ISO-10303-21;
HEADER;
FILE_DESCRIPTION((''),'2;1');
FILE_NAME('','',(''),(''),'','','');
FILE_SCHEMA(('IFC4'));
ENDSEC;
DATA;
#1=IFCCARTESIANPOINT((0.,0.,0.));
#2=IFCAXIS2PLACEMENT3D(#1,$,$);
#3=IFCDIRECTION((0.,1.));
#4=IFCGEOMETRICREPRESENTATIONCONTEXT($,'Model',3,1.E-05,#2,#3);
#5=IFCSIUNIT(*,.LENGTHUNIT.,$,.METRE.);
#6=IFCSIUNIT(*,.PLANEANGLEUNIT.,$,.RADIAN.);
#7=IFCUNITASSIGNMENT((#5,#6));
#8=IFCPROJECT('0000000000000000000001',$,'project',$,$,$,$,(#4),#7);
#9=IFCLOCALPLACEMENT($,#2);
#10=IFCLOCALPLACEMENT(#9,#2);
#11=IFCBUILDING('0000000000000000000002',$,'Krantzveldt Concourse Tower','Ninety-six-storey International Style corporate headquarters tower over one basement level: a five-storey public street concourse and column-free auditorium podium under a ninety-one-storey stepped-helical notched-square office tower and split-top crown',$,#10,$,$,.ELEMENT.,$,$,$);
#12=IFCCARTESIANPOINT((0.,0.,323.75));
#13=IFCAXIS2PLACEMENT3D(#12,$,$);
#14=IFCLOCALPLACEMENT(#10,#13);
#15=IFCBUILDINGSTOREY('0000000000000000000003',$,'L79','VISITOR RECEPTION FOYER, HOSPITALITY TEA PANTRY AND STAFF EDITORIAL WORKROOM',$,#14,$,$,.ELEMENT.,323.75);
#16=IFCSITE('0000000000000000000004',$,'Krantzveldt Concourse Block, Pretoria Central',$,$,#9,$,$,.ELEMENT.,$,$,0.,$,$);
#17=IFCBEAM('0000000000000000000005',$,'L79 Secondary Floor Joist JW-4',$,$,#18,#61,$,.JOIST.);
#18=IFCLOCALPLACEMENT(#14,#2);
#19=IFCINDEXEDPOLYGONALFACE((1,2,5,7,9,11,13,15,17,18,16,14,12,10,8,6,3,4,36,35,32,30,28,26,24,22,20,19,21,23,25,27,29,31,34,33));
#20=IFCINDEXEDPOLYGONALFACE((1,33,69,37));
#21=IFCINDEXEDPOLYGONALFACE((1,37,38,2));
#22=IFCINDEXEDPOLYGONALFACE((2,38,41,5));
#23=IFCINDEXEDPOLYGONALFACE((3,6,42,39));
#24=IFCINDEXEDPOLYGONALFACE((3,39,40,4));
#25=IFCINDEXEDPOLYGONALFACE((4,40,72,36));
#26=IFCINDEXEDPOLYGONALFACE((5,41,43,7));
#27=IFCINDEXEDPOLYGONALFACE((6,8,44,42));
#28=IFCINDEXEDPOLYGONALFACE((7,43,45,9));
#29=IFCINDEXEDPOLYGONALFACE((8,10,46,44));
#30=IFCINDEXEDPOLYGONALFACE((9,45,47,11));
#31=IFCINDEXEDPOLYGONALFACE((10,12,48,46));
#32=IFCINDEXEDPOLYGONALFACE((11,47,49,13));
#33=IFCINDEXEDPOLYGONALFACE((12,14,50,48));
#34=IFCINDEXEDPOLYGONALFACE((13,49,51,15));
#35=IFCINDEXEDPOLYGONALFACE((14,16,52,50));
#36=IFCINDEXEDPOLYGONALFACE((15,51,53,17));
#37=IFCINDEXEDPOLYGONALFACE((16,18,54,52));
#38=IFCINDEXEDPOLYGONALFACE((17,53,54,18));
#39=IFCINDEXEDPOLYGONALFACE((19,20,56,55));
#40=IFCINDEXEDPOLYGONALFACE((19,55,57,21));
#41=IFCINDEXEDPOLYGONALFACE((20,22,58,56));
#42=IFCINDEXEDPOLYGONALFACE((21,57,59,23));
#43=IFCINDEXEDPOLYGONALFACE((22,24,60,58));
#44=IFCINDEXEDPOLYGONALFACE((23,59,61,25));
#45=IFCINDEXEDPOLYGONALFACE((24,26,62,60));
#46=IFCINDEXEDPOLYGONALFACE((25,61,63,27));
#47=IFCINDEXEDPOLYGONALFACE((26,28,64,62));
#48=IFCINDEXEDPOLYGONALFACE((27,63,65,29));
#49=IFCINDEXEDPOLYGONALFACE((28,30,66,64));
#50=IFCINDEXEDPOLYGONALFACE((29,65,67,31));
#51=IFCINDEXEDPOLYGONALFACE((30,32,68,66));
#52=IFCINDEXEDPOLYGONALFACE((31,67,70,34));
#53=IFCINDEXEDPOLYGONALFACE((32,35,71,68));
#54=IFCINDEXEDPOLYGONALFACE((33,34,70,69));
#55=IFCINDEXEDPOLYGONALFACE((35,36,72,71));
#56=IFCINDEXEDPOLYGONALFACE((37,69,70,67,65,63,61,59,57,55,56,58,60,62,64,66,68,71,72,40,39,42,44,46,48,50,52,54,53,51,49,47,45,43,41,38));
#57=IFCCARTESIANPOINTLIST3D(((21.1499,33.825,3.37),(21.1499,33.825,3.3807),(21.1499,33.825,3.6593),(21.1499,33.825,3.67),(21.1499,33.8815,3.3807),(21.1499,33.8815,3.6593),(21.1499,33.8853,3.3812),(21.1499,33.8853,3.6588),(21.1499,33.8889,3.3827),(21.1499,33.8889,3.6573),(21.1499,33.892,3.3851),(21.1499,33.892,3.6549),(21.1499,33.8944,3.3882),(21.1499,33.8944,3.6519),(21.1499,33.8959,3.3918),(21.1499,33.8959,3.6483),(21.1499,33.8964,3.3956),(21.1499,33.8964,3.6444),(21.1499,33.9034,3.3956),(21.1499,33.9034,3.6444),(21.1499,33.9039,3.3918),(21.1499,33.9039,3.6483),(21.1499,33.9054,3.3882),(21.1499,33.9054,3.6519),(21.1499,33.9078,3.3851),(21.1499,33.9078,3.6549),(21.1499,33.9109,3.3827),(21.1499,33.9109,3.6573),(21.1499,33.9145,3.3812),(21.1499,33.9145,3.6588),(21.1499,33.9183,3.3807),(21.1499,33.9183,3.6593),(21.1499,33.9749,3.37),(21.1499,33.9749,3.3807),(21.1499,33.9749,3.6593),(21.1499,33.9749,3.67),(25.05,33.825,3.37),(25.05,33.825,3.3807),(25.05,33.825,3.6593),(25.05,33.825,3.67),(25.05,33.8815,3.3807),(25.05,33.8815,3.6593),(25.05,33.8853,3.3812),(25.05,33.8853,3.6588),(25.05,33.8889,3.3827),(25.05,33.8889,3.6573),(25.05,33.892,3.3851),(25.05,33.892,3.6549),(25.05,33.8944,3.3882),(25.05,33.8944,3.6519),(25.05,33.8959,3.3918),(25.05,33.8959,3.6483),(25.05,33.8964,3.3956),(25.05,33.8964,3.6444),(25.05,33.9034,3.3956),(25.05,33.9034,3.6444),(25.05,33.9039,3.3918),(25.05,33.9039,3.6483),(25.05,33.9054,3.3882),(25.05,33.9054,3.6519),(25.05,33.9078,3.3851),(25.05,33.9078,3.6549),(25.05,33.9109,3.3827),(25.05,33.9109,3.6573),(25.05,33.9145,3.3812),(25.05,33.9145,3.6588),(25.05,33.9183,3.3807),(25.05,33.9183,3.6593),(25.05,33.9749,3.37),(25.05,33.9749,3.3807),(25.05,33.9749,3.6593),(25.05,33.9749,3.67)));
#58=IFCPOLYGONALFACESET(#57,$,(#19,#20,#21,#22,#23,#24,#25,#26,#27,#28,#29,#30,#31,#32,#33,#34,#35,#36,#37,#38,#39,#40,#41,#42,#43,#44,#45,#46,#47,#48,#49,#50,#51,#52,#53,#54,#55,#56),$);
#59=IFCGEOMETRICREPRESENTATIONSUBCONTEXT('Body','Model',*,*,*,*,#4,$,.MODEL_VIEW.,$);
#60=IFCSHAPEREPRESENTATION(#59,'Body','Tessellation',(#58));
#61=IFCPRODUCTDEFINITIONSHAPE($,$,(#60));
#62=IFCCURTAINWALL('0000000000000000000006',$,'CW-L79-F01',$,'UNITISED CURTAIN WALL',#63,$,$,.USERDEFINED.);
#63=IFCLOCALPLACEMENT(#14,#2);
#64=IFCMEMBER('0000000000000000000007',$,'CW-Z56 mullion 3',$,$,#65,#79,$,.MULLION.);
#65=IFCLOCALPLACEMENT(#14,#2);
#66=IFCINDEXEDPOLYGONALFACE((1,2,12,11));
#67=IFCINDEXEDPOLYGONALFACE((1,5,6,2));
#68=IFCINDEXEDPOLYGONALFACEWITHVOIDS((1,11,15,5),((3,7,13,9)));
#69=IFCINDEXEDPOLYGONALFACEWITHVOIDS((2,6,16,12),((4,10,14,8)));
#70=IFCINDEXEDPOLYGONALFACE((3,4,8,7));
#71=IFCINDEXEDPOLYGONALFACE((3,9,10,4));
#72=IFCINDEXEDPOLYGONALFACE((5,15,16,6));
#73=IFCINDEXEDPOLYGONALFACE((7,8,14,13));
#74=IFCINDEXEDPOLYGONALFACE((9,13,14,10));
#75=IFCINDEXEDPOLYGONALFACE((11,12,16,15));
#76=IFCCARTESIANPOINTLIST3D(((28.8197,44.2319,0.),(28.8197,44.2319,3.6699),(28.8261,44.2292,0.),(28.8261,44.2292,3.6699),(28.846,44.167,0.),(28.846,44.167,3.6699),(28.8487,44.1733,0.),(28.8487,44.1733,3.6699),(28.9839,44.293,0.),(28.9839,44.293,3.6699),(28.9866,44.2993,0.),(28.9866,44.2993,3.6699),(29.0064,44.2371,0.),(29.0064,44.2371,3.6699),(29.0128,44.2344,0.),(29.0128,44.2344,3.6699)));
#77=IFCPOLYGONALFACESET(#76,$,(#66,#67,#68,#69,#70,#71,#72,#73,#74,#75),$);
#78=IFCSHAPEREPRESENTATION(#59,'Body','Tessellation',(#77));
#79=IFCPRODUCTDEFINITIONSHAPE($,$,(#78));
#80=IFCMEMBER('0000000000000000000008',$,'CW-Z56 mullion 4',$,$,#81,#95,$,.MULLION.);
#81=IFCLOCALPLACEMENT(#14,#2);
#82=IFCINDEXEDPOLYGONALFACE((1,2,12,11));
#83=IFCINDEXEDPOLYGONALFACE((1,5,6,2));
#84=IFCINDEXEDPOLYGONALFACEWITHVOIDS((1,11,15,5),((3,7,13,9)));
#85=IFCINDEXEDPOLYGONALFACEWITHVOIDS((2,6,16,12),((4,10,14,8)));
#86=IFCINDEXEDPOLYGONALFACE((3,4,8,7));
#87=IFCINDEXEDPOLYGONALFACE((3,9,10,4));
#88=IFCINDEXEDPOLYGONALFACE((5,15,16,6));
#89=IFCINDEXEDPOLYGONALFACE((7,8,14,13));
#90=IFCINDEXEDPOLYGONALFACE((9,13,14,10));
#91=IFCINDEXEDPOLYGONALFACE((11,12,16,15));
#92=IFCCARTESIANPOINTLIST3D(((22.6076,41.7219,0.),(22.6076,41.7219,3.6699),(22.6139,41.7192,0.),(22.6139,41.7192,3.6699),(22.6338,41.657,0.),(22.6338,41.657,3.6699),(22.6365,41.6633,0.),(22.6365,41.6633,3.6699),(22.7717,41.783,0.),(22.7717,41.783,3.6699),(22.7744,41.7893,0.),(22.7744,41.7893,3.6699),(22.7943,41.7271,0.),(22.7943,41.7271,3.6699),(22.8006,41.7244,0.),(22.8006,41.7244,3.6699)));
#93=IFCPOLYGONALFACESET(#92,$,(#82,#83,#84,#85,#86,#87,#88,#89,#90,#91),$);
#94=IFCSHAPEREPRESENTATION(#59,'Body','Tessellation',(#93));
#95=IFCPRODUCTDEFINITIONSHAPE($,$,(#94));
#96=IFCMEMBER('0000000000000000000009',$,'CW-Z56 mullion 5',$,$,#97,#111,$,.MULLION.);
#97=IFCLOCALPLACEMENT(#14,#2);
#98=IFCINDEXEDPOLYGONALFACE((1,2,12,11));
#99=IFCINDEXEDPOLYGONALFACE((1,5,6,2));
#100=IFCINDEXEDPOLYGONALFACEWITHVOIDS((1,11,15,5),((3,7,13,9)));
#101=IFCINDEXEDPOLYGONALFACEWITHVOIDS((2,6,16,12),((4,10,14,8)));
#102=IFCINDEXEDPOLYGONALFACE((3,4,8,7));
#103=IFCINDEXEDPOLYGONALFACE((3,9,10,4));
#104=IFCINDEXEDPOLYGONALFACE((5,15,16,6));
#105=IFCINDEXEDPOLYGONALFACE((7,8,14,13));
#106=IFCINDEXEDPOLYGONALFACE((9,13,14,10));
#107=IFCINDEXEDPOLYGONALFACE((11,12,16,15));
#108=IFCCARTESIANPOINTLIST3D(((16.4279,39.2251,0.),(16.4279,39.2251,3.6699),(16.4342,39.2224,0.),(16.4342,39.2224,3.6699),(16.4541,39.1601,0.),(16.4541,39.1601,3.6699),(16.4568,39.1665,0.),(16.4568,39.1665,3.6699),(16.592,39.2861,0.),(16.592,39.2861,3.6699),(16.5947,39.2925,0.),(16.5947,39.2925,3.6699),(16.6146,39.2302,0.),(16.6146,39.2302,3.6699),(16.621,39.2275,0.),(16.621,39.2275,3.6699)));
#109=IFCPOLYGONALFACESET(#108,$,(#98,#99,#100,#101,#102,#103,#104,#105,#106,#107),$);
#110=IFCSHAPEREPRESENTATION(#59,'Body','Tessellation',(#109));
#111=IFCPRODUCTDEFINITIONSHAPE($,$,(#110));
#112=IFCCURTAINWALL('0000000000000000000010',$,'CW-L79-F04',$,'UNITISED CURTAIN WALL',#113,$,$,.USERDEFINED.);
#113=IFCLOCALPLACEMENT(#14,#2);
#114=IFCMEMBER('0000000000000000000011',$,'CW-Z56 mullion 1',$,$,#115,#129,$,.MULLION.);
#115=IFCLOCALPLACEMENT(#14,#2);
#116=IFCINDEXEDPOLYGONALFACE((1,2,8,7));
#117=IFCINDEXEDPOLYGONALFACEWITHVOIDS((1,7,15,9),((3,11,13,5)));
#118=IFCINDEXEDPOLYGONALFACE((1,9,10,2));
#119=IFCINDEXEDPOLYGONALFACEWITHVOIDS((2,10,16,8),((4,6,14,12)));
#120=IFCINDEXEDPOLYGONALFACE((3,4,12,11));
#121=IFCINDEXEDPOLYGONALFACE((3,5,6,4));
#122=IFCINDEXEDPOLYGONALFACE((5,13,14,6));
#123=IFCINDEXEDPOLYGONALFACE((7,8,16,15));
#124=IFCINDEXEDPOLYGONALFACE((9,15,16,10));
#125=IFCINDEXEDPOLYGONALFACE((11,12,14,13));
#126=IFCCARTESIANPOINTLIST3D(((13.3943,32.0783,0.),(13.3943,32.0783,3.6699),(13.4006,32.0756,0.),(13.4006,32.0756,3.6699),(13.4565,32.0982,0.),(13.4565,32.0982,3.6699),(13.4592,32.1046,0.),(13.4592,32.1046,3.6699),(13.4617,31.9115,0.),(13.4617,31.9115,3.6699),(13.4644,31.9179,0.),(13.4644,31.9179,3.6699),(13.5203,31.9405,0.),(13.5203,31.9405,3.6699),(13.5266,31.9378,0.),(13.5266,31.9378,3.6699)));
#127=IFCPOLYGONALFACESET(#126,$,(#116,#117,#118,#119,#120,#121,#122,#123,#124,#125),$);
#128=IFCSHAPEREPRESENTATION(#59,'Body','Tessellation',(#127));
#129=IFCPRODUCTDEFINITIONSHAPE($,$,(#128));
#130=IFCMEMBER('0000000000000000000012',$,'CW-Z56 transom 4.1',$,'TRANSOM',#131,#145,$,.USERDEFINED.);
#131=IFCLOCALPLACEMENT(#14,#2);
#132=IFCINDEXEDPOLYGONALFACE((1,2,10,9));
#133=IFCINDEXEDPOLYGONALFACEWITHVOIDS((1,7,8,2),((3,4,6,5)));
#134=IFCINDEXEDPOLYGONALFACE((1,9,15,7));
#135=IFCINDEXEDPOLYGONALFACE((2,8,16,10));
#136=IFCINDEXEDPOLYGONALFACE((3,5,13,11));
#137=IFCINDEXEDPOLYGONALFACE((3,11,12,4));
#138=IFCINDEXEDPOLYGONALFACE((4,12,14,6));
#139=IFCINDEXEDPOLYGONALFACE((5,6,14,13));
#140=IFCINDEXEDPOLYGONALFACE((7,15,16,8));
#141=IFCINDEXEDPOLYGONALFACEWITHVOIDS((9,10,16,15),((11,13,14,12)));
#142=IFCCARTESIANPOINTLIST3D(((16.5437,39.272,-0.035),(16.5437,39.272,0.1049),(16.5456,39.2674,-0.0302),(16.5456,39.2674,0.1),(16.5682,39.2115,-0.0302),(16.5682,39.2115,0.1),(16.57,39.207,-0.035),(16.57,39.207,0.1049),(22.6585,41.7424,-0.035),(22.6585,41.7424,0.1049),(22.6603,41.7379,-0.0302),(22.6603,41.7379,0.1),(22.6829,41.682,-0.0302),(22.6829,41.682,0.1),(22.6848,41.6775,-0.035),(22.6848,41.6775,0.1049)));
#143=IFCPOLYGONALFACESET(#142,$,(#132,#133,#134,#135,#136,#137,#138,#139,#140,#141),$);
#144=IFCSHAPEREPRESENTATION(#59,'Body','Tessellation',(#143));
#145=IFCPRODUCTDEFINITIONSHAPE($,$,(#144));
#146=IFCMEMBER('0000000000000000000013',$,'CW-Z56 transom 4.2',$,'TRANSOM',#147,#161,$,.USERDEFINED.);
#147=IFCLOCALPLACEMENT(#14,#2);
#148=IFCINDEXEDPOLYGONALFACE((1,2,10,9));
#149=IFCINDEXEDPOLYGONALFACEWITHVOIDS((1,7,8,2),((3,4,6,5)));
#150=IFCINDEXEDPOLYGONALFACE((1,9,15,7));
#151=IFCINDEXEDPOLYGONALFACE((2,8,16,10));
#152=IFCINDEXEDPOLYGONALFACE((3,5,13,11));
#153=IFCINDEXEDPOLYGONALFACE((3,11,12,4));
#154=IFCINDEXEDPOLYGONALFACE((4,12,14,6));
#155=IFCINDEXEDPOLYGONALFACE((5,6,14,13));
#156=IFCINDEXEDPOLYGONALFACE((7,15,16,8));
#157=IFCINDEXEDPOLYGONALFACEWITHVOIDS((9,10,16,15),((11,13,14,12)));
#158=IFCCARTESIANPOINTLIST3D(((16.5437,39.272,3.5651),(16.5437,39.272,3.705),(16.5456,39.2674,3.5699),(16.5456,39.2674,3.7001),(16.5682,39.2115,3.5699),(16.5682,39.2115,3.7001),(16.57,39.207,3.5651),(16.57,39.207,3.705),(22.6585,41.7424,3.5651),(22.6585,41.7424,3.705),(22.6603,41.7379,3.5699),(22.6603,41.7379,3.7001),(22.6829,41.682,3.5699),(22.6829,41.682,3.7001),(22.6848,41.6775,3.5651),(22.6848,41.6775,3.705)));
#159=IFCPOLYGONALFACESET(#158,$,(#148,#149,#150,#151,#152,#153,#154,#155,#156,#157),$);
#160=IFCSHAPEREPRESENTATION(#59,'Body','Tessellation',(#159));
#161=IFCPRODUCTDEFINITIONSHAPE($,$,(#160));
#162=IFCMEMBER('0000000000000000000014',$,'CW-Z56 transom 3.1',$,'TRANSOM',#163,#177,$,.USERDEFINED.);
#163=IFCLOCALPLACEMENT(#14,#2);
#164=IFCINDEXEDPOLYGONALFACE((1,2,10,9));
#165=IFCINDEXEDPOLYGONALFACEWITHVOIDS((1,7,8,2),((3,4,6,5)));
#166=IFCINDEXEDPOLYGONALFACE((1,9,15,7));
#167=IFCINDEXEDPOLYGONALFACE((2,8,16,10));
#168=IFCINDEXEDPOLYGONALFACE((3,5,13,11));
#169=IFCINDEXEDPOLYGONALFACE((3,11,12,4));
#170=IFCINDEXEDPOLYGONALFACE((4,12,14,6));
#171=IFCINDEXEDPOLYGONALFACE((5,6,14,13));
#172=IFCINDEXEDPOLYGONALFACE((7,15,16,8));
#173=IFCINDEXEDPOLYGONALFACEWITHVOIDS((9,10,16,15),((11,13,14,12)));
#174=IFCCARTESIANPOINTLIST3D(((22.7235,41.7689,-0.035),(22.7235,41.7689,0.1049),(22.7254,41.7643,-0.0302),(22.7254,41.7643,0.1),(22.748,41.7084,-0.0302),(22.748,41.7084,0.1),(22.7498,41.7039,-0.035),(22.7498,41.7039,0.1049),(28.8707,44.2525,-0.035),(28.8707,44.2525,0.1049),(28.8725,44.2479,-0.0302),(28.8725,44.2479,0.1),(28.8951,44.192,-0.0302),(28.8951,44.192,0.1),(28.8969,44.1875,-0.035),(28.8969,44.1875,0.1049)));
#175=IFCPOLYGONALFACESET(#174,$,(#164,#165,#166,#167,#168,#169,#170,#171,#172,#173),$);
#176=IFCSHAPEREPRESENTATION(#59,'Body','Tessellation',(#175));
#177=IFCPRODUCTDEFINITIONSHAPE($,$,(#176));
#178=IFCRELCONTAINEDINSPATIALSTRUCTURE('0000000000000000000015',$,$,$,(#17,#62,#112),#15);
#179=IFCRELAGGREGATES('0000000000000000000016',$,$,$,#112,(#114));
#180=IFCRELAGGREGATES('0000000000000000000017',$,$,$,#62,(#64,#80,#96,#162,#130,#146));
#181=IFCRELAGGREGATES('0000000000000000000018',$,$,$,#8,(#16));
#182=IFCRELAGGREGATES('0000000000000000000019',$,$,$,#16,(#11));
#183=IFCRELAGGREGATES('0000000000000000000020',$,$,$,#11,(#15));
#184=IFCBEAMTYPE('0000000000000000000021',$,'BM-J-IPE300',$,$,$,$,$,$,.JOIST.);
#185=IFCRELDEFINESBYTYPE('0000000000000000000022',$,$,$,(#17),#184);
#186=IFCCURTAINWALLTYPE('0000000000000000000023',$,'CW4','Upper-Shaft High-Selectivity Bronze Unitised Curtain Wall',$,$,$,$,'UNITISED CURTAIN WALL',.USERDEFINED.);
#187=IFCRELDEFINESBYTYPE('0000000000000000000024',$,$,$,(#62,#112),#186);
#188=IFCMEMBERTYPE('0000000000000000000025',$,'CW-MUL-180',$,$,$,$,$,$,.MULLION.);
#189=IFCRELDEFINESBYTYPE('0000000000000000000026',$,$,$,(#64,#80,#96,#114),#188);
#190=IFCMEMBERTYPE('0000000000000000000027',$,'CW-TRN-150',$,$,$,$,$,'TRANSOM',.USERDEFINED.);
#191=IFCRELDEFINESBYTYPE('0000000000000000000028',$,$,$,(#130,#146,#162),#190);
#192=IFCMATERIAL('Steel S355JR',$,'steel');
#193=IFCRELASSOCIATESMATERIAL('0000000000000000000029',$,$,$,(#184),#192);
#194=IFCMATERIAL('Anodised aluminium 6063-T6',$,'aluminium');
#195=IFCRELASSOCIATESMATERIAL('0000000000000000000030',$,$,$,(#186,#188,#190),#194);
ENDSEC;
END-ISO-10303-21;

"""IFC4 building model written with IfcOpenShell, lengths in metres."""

from ifc_helpers import new_model, si_unit, direction, frame, origin, origin_2d, place, context, subcontext, project, spatial, hollow_rectangle, i_section, extrude, source, transform, mapped, material, material_profile, profile_set, type_object, type_shapes, element, aggregate, save


model = new_model("IFC4")

# Units and contexts
model_context = context("Model", 3, precision=1e-05, world=origin(), true_north=direction((0.0, 1.0)))
body_context = subcontext(model_context, "Body", "Model", "MODEL_VIEW")
ifc_project = project(units=[si_unit("LENGTHUNIT", "METRE"), si_unit("PLANEANGLEUNIT", "RADIAN")], contexts=[model_context])

# Site, building, storey
site_placement = place(None, origin())
site = spatial("IfcSite", under=ifc_project, at=site_placement, Name="Krantzveldt Concourse Block, Pretoria Central", CompositionType="ELEMENT", RefElevation=0.0)
building_placement = place(site_placement, origin())
building = spatial("IfcBuilding", under=site, at=building_placement, Name="Krantzveldt Concourse Tower", Description="Ninety-six-storey International Style corporate headquarters tower over one basement level: a five-storey public street concourse and column-free auditorium podium under a ninety-one-storey stepped-helical notched-square office tower and split-top crown", CompositionType="ELEMENT")
storey_placement = place(building_placement, frame((0.0, 0.0, 323.75)))
storey = spatial("IfcBuildingStorey", under=building, at=storey_placement, Name="L79", Description="VISITOR RECEPTION FOYER, HOSPITALITY TEA PANTRY AND STAFF EDITORIAL WORKROOM", CompositionType="ELEMENT", Elevation=323.75)

# Beam
ifc_material_1 = material(Name="Steel S355JR", Category="steel")
ifc_material_profile_1 = material_profile(ifc_material_1, i_section(OverallWidth=0.1499, OverallDepth=0.3, WebThickness=0.0071, FlangeThickness=0.0107, FilletRadius=0.0149, at=origin_2d()), Name="Steel S355JR", Category="steel")
ifc_profile_set_1 = profile_set([ifc_material_profile_1], Name="Steel S355JR - IPE 300")
beam_type_1 = type_object("IfcBeamType", Name="BM-J-IPE300", PredefinedType="JOIST", material=ifc_profile_set_1)
shared_shape_1 = source(origin(), body_context, "Body", "SweptSolid", [
    extrude(i_section(OverallWidth=0.1499, OverallDepth=0.3, WebThickness=0.0071, FlangeThickness=0.0107, FilletRadius=0.0149, at=origin_2d()), origin(), (0.0, 0.0, 1.0), 3.9001),
])
beam_1_placement = place(storey_placement, frame((21.1499, 33.8999, 3.52), z_axis=(1.0, 0.0, 0.0), x_axis=(0.0, 1.0, 0.0)))
element("IfcBeam", 1, at=beam_1_placement, inside=storey, type_object=beam_type_1, Name="L79 Secondary Floor Joist JW-4", PredefinedType="JOIST", context=body_context, shape_type="MappedRepresentation", body=[
    mapped(shared_shape_1, transform((0.0, 0.0, 0.0), x_axis=(1.0, 0.0, 0.0), y_axis=(0.0, 1.0, 0.0), z_axis=(0.0, 0.0, 1.0), scale=1.0)),
])

# Curtain wall, members
ifc_material_2 = material(Name="Anodised aluminium 6063-T6", Category="aluminium")
curtain_wall_type = type_object("IfcCurtainWallType", Name="CW4", Description="Upper-Shaft High-Selectivity Bronze Unitised Curtain Wall", ElementType="UNITISED CURTAIN WALL", PredefinedType="USERDEFINED", material=ifc_material_2)
curtain_wall_1_placement = place(storey_placement, origin())
curtain_wall_1 = element("IfcCurtainWall", 2, at=curtain_wall_1_placement, inside=storey, type_object=curtain_wall_type, Name="CW-L79-F01", ObjectType="UNITISED CURTAIN WALL", PredefinedType="USERDEFINED")
ifc_material_profile_2 = material_profile(ifc_material_2, hollow_rectangle(XDim=0.0701, YDim=0.1799, WallThickness=0.0049, at=origin_2d()), Name="Anodised aluminium 6063-T6", Category="aluminium")
ifc_profile_set_2 = profile_set([ifc_material_profile_2], Name="Anodised aluminium 6063-T6 - ALU-MULL 180x70x5")
member_type_1 = type_object("IfcMemberType", Name="CW-MUL-180", PredefinedType="MULLION", material=ifc_profile_set_2)
shared_shape_2 = source(origin(), body_context, "Body", "SweptSolid", [
    extrude(hollow_rectangle(XDim=0.0701, YDim=0.1799, WallThickness=0.0049, at=origin_2d()), origin(), (0.0, 0.0, 1.0), 3.6699),
])
type_shapes(member_type_1, [shared_shape_2])
member_1_placement = place(storey_placement, frame((28.9163, 44.2332, 0.0), z_axis=(0.0, 0.0, 1.0), x_axis=(0.374607, -0.927184, 0.0)))
member_1 = element("IfcMember", 3, at=member_1_placement, type_object=member_type_1, Name="CW-Z56 mullion 3", PredefinedType="MULLION", context=body_context, shape_type="MappedRepresentation", body=[
    mapped(shared_shape_2, transform((0.0, 0.0, 0.0), x_axis=(1.0, 0.0, 0.0), y_axis=(0.0, 1.0, 0.0), z_axis=(0.0, 0.0, 1.0), scale=1.0)),
])
member_2_placement = place(storey_placement, frame((22.7041, 41.7231, 0.0), z_axis=(0.0, 0.0, 1.0), x_axis=(0.374607, -0.927184, 0.0)))
member_2 = element("IfcMember", 4, at=member_2_placement, type_object=member_type_1, Name="CW-Z56 mullion 4", PredefinedType="MULLION", context=body_context, shape_type="MappedRepresentation", body=[
    mapped(shared_shape_2, transform((0.0, 0.0, 0.0), x_axis=(1.0, 0.0, 0.0), y_axis=(0.0, 1.0, 0.0), z_axis=(0.0, 0.0, 1.0), scale=1.0)),
])
member_3_placement = place(storey_placement, frame((16.5244, 39.2263, 0.0), z_axis=(0.0, 0.0, 1.0), x_axis=(0.374607, -0.927184, 0.0)))
member_3 = element("IfcMember", 5, at=member_3_placement, type_object=member_type_1, Name="CW-Z56 mullion 5", PredefinedType="MULLION", context=body_context, shape_type="MappedRepresentation", body=[
    mapped(shared_shape_2, transform((0.0, 0.0, 0.0), x_axis=(1.0, 0.0, 0.0), y_axis=(0.0, 1.0, 0.0), z_axis=(0.0, 0.0, 1.0), scale=1.0)),
])

# Curtain wall, member
curtain_wall_2_placement = place(storey_placement, origin())
curtain_wall_2 = element("IfcCurtainWall", 6, at=curtain_wall_2_placement, inside=storey, type_object=curtain_wall_type, Name="CW-L79-F04", ObjectType="UNITISED CURTAIN WALL", PredefinedType="USERDEFINED")
member_4_placement = place(storey_placement, frame((13.4604, 32.0081, 0.0), z_axis=(0.0, 0.0, 1.0), x_axis=(0.927184, 0.374607, 0.0)))
member_4 = element("IfcMember", 7, at=member_4_placement, type_object=member_type_1, Name="CW-Z56 mullion 1", PredefinedType="MULLION", context=body_context, shape_type="MappedRepresentation", body=[
    mapped(shared_shape_2, transform((0.0, 0.0, 0.0), x_axis=(1.0, 0.0, 0.0), y_axis=(0.0, 1.0, 0.0), z_axis=(0.0, 0.0, 1.0), scale=1.0)),
])
aggregate(curtain_wall_2, [member_4])

# Members
ifc_material_profile_3 = material_profile(ifc_material_2, hollow_rectangle(XDim=0.0701, YDim=0.1399, WallThickness=0.0049, at=origin_2d()), Name="Anodised aluminium 6063-T6", Category="aluminium")
ifc_profile_set_3 = profile_set([ifc_material_profile_3], Name="Anodised aluminium 6063-T6 - ALU-TRAN 140x70x5")
member_type_2 = type_object("IfcMemberType", Name="CW-TRN-150", ElementType="TRANSOM", PredefinedType="USERDEFINED", material=ifc_profile_set_3)
shared_shape_3 = source(origin(), body_context, "Body", "SweptSolid", [
    extrude(hollow_rectangle(XDim=0.0701, YDim=0.1399, WallThickness=0.0049, at=origin_2d()), origin(), (0.0, 0.0, 1.0), 6.595),
])
member_5_placement = place(storey_placement, frame((22.6716, 41.71, 0.0349), z_axis=(-0.927187, -0.374599, 0.0), x_axis=(0.374599, -0.927187, 0.0)))
member_5 = element("IfcMember", 8, at=member_5_placement, type_object=member_type_2, Name="CW-Z56 transom 4.1", ObjectType="TRANSOM", PredefinedType="USERDEFINED", context=body_context, shape_type="MappedRepresentation", body=[
    mapped(shared_shape_3, transform((0.0, 0.0, 0.0), x_axis=(1.0, 0.0, 0.0), y_axis=(0.0, 1.0, 0.0), z_axis=(0.0, 0.0, 1.0), scale=1.0)),
])
member_6_placement = place(storey_placement, frame((22.6716, 41.71, 3.635), z_axis=(-0.927187, -0.374599, 0.0), x_axis=(0.374599, -0.927187, 0.0)))
member_6 = element("IfcMember", 9, at=member_6_placement, type_object=member_type_2, Name="CW-Z56 transom 4.2", ObjectType="TRANSOM", PredefinedType="USERDEFINED", context=body_context, shape_type="MappedRepresentation", body=[
    mapped(shared_shape_3, transform((0.0, 0.0, 0.0), x_axis=(1.0, 0.0, 0.0), y_axis=(0.0, 1.0, 0.0), z_axis=(0.0, 0.0, 1.0), scale=1.0)),
])
shared_shape_4 = source(origin(), body_context, "Body", "SweptSolid", [
    extrude(hollow_rectangle(XDim=0.0701, YDim=0.1399, WallThickness=0.0049, at=origin_2d()), origin(), (0.0, 0.0, 1.0), 6.6299),
])
type_shapes(member_type_2, [shared_shape_3, shared_shape_4])
member_7_placement = place(storey_placement, frame((28.8838, 44.22, 0.0349), z_axis=(-0.927184, -0.374607, 0.0), x_axis=(0.374607, -0.927184, 0.0)))
member_7 = element("IfcMember", 10, at=member_7_placement, type_object=member_type_2, Name="CW-Z56 transom 3.1", ObjectType="TRANSOM", PredefinedType="USERDEFINED", context=body_context, shape_type="MappedRepresentation", body=[
    mapped(shared_shape_4, transform((0.0, 0.0, 0.0), x_axis=(1.0, 0.0, 0.0), y_axis=(0.0, 1.0, 0.0), z_axis=(0.0, 0.0, 1.0), scale=1.0)),
])

aggregate(curtain_wall_1, [member_1, member_2, member_3, member_7, member_5, member_6])

save(model, "model.ifc")
